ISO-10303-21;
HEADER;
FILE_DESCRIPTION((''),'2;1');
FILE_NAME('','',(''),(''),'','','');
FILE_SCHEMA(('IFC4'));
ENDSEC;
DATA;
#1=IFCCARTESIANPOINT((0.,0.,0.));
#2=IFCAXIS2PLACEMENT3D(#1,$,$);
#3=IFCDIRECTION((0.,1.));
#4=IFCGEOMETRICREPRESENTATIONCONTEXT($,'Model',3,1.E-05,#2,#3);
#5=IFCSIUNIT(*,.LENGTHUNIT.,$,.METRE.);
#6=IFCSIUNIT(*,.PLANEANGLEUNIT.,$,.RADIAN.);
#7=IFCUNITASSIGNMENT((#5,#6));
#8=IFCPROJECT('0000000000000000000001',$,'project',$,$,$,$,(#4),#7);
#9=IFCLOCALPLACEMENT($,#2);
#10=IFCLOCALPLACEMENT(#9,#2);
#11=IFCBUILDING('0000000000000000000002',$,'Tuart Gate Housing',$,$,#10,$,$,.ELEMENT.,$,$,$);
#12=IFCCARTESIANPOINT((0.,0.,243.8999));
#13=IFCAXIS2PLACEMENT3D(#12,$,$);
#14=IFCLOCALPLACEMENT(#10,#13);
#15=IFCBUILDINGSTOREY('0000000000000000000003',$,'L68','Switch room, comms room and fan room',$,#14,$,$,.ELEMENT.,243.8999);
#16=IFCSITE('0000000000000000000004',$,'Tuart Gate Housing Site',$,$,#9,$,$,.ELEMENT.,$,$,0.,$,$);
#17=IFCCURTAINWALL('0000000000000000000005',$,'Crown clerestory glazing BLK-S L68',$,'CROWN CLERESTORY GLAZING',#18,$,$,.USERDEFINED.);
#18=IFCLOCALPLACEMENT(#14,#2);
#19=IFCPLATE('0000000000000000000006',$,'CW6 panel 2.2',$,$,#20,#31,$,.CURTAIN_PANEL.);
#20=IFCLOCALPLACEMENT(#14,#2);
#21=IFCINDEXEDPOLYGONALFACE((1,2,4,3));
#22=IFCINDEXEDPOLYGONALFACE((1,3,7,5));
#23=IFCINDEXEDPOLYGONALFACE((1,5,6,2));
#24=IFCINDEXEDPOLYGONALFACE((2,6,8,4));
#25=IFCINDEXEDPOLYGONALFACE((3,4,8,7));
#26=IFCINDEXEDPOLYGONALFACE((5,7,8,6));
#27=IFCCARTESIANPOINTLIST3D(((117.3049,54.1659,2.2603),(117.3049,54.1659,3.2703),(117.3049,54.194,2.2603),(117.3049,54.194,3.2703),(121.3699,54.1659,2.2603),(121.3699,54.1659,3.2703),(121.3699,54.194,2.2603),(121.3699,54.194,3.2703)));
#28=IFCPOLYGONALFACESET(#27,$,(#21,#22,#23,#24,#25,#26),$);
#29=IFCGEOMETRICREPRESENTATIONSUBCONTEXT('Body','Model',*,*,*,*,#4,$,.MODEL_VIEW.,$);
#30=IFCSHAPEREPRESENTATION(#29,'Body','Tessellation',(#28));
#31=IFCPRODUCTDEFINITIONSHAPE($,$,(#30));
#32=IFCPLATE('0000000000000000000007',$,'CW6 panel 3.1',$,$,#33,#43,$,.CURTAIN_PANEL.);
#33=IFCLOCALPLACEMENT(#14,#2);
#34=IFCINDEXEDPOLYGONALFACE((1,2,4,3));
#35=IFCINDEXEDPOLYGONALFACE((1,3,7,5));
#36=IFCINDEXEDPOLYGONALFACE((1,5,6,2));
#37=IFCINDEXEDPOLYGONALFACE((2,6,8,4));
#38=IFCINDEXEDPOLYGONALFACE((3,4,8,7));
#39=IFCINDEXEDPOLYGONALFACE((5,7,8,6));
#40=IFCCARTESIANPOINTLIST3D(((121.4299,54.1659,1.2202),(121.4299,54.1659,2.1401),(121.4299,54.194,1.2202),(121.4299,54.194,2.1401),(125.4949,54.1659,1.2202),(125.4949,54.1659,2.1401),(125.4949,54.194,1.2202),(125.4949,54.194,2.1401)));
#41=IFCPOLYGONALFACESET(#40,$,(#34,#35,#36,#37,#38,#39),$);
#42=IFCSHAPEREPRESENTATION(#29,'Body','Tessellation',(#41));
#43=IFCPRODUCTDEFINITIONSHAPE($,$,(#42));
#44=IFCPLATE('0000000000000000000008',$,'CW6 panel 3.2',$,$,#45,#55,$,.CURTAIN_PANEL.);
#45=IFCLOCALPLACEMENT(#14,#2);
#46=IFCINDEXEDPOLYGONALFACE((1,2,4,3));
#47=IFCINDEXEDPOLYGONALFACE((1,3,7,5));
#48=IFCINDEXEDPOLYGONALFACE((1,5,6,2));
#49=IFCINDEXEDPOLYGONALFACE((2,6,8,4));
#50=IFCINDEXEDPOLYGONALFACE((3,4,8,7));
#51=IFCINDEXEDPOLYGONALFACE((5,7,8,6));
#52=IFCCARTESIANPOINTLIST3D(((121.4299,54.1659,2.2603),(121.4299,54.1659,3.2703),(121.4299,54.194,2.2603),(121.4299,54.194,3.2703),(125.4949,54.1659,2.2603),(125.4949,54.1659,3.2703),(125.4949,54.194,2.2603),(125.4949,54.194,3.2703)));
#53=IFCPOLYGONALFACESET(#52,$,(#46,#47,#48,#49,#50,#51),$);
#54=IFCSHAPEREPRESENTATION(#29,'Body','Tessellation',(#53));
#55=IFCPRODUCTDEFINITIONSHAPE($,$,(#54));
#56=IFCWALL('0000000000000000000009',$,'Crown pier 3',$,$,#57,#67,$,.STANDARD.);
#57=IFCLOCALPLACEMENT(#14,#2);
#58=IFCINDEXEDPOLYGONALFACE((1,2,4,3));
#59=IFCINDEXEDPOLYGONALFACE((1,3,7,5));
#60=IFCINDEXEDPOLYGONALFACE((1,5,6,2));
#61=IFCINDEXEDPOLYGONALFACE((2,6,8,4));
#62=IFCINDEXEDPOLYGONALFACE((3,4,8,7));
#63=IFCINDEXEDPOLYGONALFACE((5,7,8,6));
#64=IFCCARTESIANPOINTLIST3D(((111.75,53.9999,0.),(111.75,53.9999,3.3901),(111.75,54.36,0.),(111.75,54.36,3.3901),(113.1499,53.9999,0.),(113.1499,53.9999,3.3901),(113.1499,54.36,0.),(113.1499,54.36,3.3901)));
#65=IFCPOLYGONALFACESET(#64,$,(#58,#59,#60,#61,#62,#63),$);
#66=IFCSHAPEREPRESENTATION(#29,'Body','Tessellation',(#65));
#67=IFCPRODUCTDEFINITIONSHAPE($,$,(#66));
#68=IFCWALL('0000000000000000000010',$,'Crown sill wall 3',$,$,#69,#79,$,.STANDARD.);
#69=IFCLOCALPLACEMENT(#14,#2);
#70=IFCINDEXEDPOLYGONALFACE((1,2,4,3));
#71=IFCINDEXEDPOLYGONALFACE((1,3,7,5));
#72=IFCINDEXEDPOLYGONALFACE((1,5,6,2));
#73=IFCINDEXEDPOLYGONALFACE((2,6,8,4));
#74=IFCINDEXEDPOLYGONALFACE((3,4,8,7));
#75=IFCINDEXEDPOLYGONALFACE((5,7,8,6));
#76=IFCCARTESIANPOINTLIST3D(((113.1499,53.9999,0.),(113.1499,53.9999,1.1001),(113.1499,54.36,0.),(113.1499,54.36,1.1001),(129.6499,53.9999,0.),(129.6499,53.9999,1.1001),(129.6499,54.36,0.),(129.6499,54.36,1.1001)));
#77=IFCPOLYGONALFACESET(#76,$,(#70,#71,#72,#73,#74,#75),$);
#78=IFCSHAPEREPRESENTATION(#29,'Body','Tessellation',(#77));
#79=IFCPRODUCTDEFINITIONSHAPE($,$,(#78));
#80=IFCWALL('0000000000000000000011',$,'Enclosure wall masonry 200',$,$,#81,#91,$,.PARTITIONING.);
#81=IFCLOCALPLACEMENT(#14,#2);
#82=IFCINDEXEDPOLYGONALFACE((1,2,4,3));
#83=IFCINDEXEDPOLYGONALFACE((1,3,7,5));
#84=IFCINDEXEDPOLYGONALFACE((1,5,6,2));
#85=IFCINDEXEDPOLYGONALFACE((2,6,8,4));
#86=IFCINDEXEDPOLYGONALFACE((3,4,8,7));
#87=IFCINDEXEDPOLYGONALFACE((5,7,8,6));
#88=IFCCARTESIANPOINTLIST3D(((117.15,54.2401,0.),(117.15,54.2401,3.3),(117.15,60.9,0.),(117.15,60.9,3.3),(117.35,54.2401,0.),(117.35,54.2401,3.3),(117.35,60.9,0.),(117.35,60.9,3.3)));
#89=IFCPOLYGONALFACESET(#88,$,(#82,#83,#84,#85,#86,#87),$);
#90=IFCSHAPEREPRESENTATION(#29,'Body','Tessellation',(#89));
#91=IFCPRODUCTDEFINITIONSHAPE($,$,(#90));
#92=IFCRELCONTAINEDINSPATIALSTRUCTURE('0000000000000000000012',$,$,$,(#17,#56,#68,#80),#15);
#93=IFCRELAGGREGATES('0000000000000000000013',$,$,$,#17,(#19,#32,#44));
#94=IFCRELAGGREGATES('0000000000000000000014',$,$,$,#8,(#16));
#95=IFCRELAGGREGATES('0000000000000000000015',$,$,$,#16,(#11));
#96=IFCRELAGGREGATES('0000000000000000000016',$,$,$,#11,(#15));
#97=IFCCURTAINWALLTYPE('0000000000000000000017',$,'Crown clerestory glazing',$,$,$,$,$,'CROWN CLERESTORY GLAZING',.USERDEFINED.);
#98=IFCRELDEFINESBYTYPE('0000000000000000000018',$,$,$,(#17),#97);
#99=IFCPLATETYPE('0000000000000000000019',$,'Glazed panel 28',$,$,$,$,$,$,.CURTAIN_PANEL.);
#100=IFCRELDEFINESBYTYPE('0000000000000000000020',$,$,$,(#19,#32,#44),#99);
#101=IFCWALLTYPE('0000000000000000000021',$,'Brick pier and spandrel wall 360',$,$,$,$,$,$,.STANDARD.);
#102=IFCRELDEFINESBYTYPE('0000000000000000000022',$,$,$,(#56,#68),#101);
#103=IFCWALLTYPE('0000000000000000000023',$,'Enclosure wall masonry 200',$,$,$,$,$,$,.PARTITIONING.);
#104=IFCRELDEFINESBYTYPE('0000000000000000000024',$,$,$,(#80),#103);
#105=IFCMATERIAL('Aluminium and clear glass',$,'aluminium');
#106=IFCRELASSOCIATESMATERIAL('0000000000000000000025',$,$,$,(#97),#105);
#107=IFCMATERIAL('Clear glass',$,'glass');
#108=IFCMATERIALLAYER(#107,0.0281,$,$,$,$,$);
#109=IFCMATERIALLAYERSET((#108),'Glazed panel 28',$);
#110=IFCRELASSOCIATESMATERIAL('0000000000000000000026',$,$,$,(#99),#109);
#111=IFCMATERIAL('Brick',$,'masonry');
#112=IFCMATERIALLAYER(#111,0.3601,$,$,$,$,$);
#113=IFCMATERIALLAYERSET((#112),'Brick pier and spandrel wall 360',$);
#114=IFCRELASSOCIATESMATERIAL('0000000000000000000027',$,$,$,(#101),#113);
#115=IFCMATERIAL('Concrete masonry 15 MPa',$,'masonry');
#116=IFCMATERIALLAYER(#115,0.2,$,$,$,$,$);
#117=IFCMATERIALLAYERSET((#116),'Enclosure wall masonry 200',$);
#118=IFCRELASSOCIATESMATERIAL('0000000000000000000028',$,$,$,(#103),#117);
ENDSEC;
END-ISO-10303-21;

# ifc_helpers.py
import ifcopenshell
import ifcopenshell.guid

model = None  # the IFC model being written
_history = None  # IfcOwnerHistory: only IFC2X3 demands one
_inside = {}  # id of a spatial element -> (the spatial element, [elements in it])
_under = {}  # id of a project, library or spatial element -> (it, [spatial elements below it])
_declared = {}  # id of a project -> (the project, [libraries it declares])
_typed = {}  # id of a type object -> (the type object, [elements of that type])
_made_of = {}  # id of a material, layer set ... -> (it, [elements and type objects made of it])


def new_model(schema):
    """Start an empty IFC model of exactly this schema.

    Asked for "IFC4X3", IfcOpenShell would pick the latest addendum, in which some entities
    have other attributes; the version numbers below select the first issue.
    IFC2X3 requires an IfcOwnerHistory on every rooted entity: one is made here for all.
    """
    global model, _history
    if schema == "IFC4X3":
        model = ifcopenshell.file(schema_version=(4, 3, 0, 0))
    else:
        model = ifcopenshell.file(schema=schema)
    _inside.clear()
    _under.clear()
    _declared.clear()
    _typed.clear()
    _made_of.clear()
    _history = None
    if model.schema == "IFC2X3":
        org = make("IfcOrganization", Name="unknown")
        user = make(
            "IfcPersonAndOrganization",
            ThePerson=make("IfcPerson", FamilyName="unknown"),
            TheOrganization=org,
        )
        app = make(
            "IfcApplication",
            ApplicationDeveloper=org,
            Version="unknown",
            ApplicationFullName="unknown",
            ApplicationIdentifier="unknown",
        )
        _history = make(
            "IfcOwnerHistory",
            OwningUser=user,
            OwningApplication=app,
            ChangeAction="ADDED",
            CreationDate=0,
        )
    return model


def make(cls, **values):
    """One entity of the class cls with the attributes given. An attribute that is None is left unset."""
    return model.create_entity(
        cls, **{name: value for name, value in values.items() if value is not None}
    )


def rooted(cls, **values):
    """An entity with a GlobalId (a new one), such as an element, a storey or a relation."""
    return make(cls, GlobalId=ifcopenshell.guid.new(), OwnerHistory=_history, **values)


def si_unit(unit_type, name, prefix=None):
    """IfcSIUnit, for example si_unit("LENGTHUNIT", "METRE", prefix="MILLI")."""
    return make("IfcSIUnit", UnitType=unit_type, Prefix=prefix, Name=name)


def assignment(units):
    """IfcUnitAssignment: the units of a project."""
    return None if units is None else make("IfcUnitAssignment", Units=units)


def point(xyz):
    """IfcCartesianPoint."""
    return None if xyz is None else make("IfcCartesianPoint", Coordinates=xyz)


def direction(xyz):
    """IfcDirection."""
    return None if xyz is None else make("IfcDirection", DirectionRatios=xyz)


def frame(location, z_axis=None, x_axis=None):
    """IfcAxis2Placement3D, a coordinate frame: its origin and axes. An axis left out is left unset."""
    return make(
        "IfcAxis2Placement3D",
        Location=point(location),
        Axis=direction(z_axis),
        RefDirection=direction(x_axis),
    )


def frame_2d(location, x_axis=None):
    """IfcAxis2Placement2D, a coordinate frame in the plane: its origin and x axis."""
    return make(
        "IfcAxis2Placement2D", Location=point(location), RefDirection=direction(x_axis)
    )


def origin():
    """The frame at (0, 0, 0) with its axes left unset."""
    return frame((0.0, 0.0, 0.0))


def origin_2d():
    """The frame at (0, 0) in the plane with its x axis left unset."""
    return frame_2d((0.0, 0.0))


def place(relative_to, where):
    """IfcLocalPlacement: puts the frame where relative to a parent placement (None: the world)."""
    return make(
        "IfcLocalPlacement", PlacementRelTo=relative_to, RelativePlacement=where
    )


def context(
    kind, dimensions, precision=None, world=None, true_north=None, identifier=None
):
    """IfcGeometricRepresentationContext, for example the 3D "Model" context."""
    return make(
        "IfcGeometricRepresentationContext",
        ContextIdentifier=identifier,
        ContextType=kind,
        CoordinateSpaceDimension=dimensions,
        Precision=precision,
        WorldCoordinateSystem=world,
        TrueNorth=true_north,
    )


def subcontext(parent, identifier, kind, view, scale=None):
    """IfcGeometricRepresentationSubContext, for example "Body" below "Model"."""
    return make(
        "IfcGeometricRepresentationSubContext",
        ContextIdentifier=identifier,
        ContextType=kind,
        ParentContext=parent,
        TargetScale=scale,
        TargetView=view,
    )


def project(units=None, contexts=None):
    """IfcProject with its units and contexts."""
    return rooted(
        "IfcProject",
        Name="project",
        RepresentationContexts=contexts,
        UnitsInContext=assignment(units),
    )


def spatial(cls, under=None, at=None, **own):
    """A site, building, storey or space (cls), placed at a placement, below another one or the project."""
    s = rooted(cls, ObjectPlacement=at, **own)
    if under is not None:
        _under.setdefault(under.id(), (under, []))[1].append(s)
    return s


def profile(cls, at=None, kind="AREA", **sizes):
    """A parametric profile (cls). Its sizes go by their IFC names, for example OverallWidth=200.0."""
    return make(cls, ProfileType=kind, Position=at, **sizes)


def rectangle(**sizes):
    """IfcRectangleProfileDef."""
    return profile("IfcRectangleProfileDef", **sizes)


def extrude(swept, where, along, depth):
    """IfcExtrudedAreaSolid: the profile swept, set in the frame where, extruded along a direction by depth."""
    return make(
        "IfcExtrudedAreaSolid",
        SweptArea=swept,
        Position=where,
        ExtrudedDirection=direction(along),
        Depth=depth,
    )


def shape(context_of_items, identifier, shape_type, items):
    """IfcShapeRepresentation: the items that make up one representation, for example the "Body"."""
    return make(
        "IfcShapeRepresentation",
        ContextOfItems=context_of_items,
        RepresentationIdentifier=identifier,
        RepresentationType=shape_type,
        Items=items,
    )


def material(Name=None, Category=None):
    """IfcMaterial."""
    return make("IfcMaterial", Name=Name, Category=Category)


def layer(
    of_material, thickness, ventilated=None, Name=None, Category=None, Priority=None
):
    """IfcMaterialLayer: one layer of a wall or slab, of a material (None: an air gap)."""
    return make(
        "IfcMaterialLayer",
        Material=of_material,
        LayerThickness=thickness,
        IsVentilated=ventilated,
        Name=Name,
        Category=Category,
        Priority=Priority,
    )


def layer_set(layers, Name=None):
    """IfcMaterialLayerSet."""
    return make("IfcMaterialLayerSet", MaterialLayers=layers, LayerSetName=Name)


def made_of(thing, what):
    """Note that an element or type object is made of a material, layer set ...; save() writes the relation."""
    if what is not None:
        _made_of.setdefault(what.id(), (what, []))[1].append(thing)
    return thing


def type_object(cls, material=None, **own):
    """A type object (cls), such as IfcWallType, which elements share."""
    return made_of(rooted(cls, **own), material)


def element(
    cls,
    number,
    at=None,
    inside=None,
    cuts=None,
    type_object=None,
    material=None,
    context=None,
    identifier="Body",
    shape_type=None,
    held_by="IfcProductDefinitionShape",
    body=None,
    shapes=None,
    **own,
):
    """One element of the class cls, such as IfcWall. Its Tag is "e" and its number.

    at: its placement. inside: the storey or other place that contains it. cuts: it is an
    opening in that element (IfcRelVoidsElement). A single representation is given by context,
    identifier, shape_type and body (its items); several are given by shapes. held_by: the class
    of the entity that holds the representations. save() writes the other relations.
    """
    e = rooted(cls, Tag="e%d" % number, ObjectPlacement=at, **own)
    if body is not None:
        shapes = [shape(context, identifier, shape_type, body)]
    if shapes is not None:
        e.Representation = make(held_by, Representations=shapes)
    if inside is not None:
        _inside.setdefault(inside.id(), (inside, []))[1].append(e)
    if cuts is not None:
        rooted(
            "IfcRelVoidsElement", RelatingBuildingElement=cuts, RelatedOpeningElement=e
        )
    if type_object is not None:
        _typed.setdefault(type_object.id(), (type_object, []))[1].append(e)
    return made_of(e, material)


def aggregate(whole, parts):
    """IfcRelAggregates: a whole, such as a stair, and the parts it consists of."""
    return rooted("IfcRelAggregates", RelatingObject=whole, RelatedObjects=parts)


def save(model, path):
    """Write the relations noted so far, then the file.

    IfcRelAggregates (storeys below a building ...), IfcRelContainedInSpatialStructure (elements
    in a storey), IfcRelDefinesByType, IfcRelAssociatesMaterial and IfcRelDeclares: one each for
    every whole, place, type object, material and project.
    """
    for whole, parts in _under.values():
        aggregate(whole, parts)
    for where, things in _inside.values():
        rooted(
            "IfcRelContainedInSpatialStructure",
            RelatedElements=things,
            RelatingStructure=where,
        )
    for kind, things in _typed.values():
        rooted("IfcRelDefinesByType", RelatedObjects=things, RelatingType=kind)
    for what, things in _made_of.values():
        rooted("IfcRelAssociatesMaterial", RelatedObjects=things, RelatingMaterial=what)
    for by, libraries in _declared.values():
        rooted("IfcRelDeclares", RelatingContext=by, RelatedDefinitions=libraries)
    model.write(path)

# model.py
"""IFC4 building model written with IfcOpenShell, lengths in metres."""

from ifc_helpers import new_model, si_unit, direction, frame, frame_2d, origin, origin_2d, place, context, subcontext, project, spatial, rectangle, extrude, material, layer, layer_set, type_object, element, aggregate, save


model = new_model("IFC4")

# Units and contexts
model_context = context("Model", 3, precision=1e-05, world=origin(), true_north=direction((0.0, 1.0)))
body_context = subcontext(model_context, "Body", "Model", "MODEL_VIEW")
ifc_project = project(units=[si_unit("LENGTHUNIT", "METRE"), si_unit("PLANEANGLEUNIT", "RADIAN")], contexts=[model_context])

# Site, building, storey
site_placement = place(None, origin())
site = spatial("IfcSite", under=ifc_project, at=site_placement, Name="Tuart Gate Housing Site", CompositionType="ELEMENT", RefElevation=0.0)
building_placement = place(site_placement, origin())
building = spatial("IfcBuilding", under=site, at=building_placement, Name="Tuart Gate Housing", CompositionType="ELEMENT")
storey_placement = place(building_placement, frame((0.0, 0.0, 243.8999)))
storey = spatial("IfcBuildingStorey", under=building, at=storey_placement, Name="L68", Description="Switch room, comms room and fan room", CompositionType="ELEMENT", Elevation=243.8999)

# Shared definitions
ifc_material_1 = material(Name="Aluminium and clear glass", Category="aluminium")
curtain_wall_type = type_object("IfcCurtainWallType", Name="Crown clerestory glazing", ElementType="CROWN CLERESTORY GLAZING", PredefinedType="USERDEFINED", material=ifc_material_1)

# Curtain wall, plates
curtain_wall_1_placement = place(storey_placement, origin())
curtain_wall_1 = element("IfcCurtainWall", 1, at=curtain_wall_1_placement, inside=storey, type_object=curtain_wall_type, Name="Crown clerestory glazing BLK-S L68", ObjectType="CROWN CLERESTORY GLAZING", PredefinedType="USERDEFINED")
ifc_material_2 = material(Name="Clear glass", Category="glass")
ifc_layer_1 = layer(ifc_material_2, 0.0281)
ifc_layer_set_1 = layer_set([ifc_layer_1], Name="Glazed panel 28")
plate_type = type_object("IfcPlateType", Name="Glazed panel 28", PredefinedType="CURTAIN_PANEL", material=ifc_layer_set_1)
plate_1_placement = place(storey_placement, frame((119.3374, 54.1799, 2.2603), z_axis=(0.0, 0.0, 1.0), x_axis=(1.0, 0.0, 0.0)))
plate_1 = element("IfcPlate", 2, at=plate_1_placement, type_object=plate_type, Name="CW6 panel 2.2", PredefinedType="CURTAIN_PANEL", context=body_context, shape_type="SweptSolid", body=[
    extrude(rectangle(XDim=4.0649, YDim=0.0281, at=origin_2d()), origin(), (0.0, 0.0, 1.0), 1.01),
])
plate_2_placement = place(storey_placement, frame((123.4624, 54.1799, 1.2202), z_axis=(0.0, 0.0, 1.0), x_axis=(1.0, 0.0, 0.0)))
plate_2 = element("IfcPlate", 3, at=plate_2_placement, type_object=plate_type, Name="CW6 panel 3.1", PredefinedType="CURTAIN_PANEL", context=body_context, shape_type="SweptSolid", body=[
    extrude(rectangle(XDim=4.0649, YDim=0.0281, at=origin_2d()), origin(), (0.0, 0.0, 1.0), 0.9199),
])
plate_3_placement = place(storey_placement, frame((123.4624, 54.1799, 2.2603), z_axis=(0.0, 0.0, 1.0), x_axis=(1.0, 0.0, 0.0)))
plate_3 = element("IfcPlate", 4, at=plate_3_placement, type_object=plate_type, Name="CW6 panel 3.2", PredefinedType="CURTAIN_PANEL", context=body_context, shape_type="SweptSolid", body=[
    extrude(rectangle(XDim=4.0649, YDim=0.0281, at=origin_2d()), origin(), (0.0, 0.0, 1.0), 1.01),
])
aggregate(curtain_wall_1, [plate_1, plate_2, plate_3])

# Walls
ifc_material_3 = material(Name="Brick", Category="masonry")
ifc_layer_2 = layer(ifc_material_3, 0.3601)
ifc_layer_set_2 = layer_set([ifc_layer_2], Name="Brick pier and spandrel wall 360")
wall_type_1 = type_object("IfcWallType", Name="Brick pier and spandrel wall 360", PredefinedType="STANDARD", material=ifc_layer_set_2)
wall_1_placement = place(storey_placement, frame((111.75, 54.1799, 0.0), z_axis=(0.0, 0.0, 1.0), x_axis=(1.0, 0.0, 0.0)))
element("IfcWall", 5, at=wall_1_placement, inside=storey, type_object=wall_type_1, Name="Crown pier 3", PredefinedType="STANDARD", context=body_context, shape_type="SweptSolid", body=[
    extrude(rectangle(XDim=1.3999, YDim=0.3601, at=frame_2d((0.7, 0.0))), origin(), (0.0, 0.0, 1.0), 3.3901),
])
wall_2_placement = place(storey_placement, frame((113.1499, 54.1799, 0.0), z_axis=(0.0, 0.0, 1.0), x_axis=(1.0, 0.0, 0.0)))
element("IfcWall", 6, at=wall_2_placement, inside=storey, type_object=wall_type_1, Name="Crown sill wall 3", PredefinedType="STANDARD", context=body_context, shape_type="SweptSolid", body=[
    extrude(rectangle(XDim=16.5, YDim=0.3601, at=frame_2d((8.25, 0.0))), origin(), (0.0, 0.0, 1.0), 1.1001),
])
ifc_material_4 = material(Name="Concrete masonry 15 MPa", Category="masonry")
ifc_layer_3 = layer(ifc_material_4, 0.2)
ifc_layer_set_3 = layer_set([ifc_layer_3], Name="Enclosure wall masonry 200")
wall_type_2 = type_object("IfcWallType", Name="Enclosure wall masonry 200", PredefinedType="PARTITIONING", material=ifc_layer_set_3)
wall_3_placement = place(storey_placement, frame((117.25, 54.24, 0.0), z_axis=(0.0, 0.0, 1.0), x_axis=(0.0, 1.0, 0.0)))
element("IfcWall", 7, at=wall_3_placement, inside=storey, type_object=wall_type_2, Name="Enclosure wall masonry 200", PredefinedType="PARTITIONING", context=body_context, shape_type="SweptSolid", body=[
    extrude(rectangle(XDim=6.6599, YDim=0.2, at=frame_2d((3.3301, 0.0))), origin(), (0.0, 0.0, 1.0), 3.3),
])

save(model, "model.ifc")
